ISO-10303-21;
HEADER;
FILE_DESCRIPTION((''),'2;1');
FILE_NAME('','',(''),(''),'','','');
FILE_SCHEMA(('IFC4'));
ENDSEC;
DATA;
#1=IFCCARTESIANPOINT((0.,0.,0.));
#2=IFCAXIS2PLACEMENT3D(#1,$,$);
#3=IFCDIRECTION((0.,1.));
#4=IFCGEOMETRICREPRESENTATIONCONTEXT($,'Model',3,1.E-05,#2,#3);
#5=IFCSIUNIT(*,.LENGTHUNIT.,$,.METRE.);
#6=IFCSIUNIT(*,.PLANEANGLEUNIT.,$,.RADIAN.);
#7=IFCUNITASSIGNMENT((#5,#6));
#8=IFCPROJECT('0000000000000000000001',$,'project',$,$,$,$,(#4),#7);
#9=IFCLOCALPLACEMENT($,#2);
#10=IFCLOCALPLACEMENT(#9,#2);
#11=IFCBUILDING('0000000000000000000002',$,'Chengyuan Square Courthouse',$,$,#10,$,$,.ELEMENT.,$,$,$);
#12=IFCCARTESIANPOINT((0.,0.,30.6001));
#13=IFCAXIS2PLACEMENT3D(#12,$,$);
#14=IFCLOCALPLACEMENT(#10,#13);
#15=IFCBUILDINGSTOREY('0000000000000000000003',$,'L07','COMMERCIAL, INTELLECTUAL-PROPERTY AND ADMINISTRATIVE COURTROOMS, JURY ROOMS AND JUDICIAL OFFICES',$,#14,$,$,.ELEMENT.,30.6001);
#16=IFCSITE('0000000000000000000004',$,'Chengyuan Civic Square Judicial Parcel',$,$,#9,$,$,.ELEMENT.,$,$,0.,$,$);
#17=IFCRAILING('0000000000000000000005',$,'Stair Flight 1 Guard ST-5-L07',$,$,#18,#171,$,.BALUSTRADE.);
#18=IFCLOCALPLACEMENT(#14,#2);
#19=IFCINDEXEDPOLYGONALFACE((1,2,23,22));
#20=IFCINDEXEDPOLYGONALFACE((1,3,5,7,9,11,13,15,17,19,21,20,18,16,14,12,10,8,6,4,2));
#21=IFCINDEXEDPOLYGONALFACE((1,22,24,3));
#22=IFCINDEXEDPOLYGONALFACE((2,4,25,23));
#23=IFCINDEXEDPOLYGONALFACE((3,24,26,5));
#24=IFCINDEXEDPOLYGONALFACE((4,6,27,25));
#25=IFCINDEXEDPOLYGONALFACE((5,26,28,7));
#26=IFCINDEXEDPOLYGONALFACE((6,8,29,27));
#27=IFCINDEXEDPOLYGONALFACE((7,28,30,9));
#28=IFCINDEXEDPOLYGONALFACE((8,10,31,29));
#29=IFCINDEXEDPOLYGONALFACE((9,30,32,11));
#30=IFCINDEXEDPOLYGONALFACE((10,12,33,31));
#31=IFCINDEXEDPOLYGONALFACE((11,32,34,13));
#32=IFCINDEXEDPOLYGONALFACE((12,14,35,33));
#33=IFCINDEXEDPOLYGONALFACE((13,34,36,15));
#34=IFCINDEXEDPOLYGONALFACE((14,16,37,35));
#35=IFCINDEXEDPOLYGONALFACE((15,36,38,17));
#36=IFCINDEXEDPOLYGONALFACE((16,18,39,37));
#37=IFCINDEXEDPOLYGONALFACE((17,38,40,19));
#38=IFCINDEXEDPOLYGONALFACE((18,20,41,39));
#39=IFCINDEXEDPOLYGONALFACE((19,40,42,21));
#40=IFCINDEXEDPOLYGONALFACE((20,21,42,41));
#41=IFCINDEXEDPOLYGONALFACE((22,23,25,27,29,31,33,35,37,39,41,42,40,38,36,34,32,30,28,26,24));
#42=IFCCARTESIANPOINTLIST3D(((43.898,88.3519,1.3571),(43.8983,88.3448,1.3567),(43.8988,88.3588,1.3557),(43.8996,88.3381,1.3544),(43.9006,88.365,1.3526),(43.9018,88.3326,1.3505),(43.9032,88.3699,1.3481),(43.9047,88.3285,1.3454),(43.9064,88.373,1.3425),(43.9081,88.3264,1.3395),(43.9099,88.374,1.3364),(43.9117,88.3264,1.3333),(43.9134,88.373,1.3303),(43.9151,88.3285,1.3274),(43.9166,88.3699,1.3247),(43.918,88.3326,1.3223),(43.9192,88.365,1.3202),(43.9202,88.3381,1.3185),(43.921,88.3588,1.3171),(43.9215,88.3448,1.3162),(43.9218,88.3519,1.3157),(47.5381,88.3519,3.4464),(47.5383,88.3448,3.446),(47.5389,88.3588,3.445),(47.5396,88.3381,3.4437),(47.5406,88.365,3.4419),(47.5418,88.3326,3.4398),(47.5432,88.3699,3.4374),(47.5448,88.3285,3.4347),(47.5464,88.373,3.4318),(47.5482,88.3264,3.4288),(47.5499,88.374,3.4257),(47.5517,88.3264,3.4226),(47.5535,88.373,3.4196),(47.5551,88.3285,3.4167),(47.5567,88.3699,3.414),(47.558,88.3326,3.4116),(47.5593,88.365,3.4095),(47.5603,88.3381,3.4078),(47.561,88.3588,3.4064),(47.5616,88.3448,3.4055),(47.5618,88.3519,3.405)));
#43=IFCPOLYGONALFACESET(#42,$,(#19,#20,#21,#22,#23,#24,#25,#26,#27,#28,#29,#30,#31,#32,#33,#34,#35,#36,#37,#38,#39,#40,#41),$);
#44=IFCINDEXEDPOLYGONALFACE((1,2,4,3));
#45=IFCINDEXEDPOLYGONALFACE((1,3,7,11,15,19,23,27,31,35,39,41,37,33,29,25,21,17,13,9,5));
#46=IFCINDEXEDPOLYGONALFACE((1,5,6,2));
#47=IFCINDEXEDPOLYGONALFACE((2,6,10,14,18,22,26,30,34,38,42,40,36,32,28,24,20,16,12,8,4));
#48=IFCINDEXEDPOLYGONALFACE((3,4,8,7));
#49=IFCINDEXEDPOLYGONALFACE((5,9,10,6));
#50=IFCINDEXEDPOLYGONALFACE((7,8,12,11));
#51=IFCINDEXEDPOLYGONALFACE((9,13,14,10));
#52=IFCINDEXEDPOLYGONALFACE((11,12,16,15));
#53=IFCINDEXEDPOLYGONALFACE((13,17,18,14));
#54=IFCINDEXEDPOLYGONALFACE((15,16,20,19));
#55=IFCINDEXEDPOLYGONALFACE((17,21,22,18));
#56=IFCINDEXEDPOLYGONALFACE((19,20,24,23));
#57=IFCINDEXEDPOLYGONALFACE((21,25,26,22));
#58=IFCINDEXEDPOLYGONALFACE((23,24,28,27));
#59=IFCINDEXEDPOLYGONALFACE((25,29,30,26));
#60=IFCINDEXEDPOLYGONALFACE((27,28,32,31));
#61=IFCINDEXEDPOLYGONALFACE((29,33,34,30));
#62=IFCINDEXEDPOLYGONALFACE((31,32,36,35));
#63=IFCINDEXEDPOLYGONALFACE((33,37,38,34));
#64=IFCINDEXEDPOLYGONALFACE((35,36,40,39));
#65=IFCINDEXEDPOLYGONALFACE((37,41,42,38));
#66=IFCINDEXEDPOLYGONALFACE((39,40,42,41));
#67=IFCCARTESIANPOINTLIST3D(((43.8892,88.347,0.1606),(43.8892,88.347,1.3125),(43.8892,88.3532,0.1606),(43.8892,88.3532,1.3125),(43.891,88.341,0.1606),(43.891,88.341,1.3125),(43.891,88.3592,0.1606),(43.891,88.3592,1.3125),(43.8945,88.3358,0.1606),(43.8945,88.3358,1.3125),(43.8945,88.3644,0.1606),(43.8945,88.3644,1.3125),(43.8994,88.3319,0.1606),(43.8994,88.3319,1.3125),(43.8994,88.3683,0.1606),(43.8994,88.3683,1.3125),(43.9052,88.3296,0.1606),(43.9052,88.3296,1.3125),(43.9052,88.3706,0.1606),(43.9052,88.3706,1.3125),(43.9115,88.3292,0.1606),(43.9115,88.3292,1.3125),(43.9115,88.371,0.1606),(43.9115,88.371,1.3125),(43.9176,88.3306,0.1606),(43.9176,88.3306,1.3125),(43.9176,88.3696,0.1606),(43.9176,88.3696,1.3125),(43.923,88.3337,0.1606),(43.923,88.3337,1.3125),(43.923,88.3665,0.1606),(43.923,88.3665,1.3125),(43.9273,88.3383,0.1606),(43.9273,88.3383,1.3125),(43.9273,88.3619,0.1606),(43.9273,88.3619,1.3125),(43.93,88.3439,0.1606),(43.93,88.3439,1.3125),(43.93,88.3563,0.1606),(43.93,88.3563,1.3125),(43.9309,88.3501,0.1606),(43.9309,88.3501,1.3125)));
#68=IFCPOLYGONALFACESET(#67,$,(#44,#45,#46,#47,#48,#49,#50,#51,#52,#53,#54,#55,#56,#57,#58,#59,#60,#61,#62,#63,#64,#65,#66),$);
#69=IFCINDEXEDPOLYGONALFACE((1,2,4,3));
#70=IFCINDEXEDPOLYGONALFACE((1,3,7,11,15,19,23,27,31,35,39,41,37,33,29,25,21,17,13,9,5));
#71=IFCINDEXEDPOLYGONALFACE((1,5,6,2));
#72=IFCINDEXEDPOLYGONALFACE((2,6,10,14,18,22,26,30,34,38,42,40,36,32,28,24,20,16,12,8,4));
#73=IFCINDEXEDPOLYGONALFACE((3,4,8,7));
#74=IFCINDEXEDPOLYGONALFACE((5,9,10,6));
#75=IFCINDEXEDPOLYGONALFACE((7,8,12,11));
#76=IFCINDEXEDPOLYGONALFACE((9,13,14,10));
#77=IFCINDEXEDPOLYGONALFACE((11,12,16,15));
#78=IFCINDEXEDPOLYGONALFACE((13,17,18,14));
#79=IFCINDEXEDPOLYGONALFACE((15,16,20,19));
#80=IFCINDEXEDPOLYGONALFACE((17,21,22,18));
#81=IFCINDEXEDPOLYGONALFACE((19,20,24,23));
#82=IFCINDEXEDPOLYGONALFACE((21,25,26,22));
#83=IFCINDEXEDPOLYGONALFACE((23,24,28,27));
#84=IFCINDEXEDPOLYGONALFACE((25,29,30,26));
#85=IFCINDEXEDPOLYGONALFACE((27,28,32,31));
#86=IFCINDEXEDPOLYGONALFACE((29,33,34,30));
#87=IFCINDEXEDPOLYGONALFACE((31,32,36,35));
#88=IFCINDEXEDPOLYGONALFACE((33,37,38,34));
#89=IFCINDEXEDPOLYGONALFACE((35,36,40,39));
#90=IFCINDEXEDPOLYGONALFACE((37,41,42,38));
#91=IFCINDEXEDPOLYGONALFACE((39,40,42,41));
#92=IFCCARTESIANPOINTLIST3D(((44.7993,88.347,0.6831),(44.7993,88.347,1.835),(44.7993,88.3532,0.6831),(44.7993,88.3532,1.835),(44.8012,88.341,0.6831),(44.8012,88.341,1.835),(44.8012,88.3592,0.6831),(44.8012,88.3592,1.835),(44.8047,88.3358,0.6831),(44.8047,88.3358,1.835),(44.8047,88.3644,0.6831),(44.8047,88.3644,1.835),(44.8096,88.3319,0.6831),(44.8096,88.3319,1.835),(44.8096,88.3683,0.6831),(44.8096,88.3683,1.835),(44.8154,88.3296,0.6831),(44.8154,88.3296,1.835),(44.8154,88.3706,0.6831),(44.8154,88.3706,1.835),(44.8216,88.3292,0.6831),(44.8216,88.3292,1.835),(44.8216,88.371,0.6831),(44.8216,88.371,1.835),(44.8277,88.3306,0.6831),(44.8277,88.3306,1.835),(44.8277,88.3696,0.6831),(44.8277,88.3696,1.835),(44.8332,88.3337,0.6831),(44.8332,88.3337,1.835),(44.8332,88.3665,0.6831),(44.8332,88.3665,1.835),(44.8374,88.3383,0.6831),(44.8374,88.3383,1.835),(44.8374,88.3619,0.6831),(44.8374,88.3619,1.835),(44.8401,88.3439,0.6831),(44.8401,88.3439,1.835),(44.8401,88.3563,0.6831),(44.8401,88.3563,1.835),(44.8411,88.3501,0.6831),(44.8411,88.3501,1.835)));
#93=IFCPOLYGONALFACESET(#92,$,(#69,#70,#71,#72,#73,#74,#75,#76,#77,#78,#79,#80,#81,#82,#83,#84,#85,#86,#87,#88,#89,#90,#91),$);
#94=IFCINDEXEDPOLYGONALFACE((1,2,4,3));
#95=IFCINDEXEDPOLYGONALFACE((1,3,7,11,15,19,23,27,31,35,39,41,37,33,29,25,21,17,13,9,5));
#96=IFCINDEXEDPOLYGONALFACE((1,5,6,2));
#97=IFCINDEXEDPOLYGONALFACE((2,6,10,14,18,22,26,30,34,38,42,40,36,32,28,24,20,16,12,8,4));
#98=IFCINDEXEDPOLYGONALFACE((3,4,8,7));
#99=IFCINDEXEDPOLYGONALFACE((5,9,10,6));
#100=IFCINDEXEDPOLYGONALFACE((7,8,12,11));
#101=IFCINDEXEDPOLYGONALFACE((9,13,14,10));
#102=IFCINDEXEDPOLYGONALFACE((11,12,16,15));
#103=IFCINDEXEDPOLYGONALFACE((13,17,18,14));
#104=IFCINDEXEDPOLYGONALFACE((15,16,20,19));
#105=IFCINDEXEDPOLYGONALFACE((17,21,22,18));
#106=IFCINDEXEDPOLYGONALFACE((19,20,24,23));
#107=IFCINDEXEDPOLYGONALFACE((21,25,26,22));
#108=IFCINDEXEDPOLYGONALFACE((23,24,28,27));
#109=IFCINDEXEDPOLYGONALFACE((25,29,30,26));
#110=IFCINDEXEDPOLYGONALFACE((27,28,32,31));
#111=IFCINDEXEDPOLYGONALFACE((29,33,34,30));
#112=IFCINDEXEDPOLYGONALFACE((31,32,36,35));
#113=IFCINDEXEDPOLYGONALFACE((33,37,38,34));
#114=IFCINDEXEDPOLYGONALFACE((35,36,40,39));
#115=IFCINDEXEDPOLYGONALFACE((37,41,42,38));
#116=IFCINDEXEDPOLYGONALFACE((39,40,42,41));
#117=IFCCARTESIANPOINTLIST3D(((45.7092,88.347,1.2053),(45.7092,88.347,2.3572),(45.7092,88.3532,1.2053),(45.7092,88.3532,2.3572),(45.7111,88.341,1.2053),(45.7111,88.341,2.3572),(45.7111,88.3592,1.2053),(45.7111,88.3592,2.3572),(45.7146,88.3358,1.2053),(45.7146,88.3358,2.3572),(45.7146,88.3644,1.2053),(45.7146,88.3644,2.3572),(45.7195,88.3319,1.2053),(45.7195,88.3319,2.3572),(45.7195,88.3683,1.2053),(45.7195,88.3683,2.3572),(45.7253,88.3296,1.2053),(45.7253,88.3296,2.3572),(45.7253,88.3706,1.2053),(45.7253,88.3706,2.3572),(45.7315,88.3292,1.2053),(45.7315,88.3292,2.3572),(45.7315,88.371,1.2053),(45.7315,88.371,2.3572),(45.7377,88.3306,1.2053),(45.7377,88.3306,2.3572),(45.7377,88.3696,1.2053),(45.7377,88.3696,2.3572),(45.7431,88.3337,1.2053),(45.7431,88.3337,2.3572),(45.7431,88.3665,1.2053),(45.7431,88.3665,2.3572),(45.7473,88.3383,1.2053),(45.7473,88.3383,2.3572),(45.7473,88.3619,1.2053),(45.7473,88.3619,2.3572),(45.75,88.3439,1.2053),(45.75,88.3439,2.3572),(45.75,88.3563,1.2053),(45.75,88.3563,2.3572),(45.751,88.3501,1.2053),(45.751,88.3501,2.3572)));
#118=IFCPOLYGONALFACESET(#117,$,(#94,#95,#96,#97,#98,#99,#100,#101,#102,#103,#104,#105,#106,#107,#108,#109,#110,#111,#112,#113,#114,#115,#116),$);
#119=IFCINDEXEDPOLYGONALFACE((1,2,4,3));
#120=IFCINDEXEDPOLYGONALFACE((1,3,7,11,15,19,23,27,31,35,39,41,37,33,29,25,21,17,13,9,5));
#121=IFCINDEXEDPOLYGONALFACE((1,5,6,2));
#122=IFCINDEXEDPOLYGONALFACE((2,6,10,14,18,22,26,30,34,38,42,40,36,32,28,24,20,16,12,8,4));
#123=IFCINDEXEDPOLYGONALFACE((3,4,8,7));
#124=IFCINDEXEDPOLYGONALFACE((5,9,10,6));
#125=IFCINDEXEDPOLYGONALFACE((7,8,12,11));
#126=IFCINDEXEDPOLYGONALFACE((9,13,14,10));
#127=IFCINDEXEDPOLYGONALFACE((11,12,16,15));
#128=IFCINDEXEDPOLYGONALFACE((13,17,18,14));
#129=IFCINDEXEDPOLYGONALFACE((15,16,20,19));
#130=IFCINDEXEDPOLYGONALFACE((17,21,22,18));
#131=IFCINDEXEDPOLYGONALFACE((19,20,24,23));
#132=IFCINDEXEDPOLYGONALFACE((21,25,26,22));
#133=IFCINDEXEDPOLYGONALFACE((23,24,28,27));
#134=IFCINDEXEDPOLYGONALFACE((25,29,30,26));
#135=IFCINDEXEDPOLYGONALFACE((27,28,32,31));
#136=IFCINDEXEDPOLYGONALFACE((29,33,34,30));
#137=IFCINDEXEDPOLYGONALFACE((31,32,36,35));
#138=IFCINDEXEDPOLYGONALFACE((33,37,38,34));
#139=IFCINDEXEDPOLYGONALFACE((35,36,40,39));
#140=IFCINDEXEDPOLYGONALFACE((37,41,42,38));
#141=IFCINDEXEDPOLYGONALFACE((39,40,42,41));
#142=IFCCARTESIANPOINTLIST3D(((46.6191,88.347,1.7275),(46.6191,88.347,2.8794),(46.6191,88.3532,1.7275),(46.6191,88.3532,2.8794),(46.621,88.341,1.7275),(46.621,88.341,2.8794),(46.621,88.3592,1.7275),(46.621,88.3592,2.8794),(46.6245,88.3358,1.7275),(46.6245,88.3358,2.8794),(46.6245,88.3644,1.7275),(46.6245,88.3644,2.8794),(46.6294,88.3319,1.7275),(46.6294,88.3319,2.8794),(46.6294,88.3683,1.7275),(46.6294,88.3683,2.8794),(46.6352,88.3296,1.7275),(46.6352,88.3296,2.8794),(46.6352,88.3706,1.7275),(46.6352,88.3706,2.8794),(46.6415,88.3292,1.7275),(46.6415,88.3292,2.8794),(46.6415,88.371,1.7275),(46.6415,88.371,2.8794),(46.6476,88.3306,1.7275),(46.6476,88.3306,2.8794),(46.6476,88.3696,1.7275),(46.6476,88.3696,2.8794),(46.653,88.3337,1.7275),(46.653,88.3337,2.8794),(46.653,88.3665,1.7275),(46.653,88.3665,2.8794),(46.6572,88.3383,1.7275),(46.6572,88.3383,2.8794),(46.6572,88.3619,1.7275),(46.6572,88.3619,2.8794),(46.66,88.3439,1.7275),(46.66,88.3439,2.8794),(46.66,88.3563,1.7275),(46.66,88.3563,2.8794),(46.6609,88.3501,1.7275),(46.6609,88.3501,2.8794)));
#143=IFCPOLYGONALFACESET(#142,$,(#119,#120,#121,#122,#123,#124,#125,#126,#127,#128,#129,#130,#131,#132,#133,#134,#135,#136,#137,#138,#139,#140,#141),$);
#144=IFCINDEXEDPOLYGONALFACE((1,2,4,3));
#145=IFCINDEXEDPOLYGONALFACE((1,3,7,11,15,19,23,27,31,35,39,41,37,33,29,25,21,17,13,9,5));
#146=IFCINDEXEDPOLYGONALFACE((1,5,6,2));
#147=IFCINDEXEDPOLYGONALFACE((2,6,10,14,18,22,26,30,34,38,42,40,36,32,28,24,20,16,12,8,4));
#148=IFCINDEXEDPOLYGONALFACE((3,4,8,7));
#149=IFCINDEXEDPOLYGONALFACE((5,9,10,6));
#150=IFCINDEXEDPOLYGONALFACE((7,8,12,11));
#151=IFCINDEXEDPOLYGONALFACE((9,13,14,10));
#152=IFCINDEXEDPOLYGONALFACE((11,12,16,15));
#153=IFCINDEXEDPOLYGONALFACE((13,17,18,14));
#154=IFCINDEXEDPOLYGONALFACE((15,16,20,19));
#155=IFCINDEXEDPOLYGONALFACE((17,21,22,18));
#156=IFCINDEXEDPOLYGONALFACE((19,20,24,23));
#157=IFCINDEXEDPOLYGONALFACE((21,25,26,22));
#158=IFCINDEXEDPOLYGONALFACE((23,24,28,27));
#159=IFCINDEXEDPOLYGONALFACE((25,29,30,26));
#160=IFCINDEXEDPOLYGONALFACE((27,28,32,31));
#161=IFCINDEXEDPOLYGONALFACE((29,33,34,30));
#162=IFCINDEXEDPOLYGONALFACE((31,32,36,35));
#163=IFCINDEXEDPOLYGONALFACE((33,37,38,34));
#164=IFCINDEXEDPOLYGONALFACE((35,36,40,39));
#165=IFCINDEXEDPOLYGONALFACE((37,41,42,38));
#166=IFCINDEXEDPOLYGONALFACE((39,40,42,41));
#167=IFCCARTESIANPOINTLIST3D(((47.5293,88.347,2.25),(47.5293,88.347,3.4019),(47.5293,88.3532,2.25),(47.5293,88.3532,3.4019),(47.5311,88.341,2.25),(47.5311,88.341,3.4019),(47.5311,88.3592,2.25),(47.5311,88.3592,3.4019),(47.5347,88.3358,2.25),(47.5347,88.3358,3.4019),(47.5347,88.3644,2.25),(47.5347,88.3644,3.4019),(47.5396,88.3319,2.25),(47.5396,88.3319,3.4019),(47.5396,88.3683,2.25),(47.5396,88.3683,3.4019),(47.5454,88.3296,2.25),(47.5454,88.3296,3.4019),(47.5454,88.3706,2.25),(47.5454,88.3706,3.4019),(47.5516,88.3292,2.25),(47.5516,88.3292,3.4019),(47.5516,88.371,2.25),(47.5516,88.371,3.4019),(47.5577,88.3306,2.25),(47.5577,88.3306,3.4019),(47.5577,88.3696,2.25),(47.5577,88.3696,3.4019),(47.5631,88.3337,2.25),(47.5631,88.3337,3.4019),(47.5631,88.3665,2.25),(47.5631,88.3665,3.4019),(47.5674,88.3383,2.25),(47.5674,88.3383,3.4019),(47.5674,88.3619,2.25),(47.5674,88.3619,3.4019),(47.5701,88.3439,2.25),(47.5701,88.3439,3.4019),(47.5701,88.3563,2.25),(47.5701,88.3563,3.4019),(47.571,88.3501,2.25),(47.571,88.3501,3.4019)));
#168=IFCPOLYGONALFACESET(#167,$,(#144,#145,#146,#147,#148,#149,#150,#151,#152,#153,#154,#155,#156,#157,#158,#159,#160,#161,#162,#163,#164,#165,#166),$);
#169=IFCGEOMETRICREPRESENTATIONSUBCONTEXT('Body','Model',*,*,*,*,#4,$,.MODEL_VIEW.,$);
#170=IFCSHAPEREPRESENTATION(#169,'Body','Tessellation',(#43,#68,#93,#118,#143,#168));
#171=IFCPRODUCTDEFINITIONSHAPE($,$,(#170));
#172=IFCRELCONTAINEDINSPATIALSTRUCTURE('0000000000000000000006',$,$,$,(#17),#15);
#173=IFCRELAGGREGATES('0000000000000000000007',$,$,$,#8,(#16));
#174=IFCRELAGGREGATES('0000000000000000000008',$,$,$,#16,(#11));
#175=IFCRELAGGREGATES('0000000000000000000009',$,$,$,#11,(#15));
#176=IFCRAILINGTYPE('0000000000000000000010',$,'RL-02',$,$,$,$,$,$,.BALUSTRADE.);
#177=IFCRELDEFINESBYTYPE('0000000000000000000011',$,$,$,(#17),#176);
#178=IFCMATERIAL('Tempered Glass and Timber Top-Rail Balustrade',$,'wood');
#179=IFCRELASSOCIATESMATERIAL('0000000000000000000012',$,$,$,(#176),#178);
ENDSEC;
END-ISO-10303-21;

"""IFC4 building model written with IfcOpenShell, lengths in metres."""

from ifc_helpers import new_model, si_unit, direction, frame, origin, origin_2d, place, context, subcontext, project, spatial, circle, extrude, material, type_object, element, save


model = new_model("IFC4")

# Units and contexts
model_context = context("Model", 3, precision=1e-05, world=origin(), true_north=direction((0.0, 1.0)))
body_context = subcontext(model_context, "Body", "Model", "MODEL_VIEW")
ifc_project = project(units=[si_unit("LENGTHUNIT", "METRE"), si_unit("PLANEANGLEUNIT", "RADIAN")], contexts=[model_context])

# Site, building, storey
site_placement = place(None, origin())
site = spatial("IfcSite", under=ifc_project, at=site_placement, Name="Chengyuan Civic Square Judicial Parcel", CompositionType="ELEMENT", RefElevation=0.0)
building_placement = place(site_placement, origin())
building = spatial("IfcBuilding", under=site, at=building_placement, Name="Chengyuan Square Courthouse", CompositionType="ELEMENT")
storey_placement = place(building_placement, frame((0.0, 0.0, 30.6001)))
storey = spatial("IfcBuildingStorey", under=building, at=storey_placement, Name="L07", Description="COMMERCIAL, INTELLECTUAL-PROPERTY AND ADMINISTRATIVE COURTROOMS, JURY ROOMS AND JUDICIAL OFFICES", CompositionType="ELEMENT", Elevation=30.6001)

# Railing
ifc_material_1 = material(Name="Tempered Glass and Timber Top-Rail Balustrade", Category="wood")
railing_type_1 = type_object("IfcRailingType", Name="RL-02", PredefinedType="BALUSTRADE", material=ifc_material_1)
railing_1_placement = place(storey_placement, frame((43.9099, 88.3501, 0.1606)))
element("IfcRailing", 1, at=railing_1_placement, inside=storey, type_object=railing_type_1, Name="Stair Flight 1 Guard ST-5-L07", PredefinedType="BALUSTRADE", context=body_context, shape_type="SweptSolid", body=[
    extrude(circle(Radius=0.0239, at=origin_2d()), frame((0.0, 0.0, 1.1758), z_axis=(0.867289, 0.0, 0.497804), x_axis=(0.0, 1.0, 0.0)), (0.0, 0.0, 1.0), 4.197),
    extrude(circle(Radius=0.021, at=origin_2d()), origin(), (0.0, 0.0, 1.0), 1.1519),
    extrude(circle(Radius=0.021, at=origin_2d()), frame((0.9102, 0.0, 0.5225)), (0.0, 0.0, 1.0), 1.1519),
    extrude(circle(Radius=0.021, at=origin_2d()), frame((1.8201, 0.0, 1.0447)), (0.0, 0.0, 1.0), 1.1519),
    extrude(circle(Radius=0.021, at=origin_2d()), frame((2.73, 0.0, 1.5669)), (0.0, 0.0, 1.0), 1.1519),
    extrude(circle(Radius=0.021, at=origin_2d()), frame((3.6401, 0.0, 2.0894)), (0.0, 0.0, 1.0), 1.1519),
])

save(model, "model.ifc")
